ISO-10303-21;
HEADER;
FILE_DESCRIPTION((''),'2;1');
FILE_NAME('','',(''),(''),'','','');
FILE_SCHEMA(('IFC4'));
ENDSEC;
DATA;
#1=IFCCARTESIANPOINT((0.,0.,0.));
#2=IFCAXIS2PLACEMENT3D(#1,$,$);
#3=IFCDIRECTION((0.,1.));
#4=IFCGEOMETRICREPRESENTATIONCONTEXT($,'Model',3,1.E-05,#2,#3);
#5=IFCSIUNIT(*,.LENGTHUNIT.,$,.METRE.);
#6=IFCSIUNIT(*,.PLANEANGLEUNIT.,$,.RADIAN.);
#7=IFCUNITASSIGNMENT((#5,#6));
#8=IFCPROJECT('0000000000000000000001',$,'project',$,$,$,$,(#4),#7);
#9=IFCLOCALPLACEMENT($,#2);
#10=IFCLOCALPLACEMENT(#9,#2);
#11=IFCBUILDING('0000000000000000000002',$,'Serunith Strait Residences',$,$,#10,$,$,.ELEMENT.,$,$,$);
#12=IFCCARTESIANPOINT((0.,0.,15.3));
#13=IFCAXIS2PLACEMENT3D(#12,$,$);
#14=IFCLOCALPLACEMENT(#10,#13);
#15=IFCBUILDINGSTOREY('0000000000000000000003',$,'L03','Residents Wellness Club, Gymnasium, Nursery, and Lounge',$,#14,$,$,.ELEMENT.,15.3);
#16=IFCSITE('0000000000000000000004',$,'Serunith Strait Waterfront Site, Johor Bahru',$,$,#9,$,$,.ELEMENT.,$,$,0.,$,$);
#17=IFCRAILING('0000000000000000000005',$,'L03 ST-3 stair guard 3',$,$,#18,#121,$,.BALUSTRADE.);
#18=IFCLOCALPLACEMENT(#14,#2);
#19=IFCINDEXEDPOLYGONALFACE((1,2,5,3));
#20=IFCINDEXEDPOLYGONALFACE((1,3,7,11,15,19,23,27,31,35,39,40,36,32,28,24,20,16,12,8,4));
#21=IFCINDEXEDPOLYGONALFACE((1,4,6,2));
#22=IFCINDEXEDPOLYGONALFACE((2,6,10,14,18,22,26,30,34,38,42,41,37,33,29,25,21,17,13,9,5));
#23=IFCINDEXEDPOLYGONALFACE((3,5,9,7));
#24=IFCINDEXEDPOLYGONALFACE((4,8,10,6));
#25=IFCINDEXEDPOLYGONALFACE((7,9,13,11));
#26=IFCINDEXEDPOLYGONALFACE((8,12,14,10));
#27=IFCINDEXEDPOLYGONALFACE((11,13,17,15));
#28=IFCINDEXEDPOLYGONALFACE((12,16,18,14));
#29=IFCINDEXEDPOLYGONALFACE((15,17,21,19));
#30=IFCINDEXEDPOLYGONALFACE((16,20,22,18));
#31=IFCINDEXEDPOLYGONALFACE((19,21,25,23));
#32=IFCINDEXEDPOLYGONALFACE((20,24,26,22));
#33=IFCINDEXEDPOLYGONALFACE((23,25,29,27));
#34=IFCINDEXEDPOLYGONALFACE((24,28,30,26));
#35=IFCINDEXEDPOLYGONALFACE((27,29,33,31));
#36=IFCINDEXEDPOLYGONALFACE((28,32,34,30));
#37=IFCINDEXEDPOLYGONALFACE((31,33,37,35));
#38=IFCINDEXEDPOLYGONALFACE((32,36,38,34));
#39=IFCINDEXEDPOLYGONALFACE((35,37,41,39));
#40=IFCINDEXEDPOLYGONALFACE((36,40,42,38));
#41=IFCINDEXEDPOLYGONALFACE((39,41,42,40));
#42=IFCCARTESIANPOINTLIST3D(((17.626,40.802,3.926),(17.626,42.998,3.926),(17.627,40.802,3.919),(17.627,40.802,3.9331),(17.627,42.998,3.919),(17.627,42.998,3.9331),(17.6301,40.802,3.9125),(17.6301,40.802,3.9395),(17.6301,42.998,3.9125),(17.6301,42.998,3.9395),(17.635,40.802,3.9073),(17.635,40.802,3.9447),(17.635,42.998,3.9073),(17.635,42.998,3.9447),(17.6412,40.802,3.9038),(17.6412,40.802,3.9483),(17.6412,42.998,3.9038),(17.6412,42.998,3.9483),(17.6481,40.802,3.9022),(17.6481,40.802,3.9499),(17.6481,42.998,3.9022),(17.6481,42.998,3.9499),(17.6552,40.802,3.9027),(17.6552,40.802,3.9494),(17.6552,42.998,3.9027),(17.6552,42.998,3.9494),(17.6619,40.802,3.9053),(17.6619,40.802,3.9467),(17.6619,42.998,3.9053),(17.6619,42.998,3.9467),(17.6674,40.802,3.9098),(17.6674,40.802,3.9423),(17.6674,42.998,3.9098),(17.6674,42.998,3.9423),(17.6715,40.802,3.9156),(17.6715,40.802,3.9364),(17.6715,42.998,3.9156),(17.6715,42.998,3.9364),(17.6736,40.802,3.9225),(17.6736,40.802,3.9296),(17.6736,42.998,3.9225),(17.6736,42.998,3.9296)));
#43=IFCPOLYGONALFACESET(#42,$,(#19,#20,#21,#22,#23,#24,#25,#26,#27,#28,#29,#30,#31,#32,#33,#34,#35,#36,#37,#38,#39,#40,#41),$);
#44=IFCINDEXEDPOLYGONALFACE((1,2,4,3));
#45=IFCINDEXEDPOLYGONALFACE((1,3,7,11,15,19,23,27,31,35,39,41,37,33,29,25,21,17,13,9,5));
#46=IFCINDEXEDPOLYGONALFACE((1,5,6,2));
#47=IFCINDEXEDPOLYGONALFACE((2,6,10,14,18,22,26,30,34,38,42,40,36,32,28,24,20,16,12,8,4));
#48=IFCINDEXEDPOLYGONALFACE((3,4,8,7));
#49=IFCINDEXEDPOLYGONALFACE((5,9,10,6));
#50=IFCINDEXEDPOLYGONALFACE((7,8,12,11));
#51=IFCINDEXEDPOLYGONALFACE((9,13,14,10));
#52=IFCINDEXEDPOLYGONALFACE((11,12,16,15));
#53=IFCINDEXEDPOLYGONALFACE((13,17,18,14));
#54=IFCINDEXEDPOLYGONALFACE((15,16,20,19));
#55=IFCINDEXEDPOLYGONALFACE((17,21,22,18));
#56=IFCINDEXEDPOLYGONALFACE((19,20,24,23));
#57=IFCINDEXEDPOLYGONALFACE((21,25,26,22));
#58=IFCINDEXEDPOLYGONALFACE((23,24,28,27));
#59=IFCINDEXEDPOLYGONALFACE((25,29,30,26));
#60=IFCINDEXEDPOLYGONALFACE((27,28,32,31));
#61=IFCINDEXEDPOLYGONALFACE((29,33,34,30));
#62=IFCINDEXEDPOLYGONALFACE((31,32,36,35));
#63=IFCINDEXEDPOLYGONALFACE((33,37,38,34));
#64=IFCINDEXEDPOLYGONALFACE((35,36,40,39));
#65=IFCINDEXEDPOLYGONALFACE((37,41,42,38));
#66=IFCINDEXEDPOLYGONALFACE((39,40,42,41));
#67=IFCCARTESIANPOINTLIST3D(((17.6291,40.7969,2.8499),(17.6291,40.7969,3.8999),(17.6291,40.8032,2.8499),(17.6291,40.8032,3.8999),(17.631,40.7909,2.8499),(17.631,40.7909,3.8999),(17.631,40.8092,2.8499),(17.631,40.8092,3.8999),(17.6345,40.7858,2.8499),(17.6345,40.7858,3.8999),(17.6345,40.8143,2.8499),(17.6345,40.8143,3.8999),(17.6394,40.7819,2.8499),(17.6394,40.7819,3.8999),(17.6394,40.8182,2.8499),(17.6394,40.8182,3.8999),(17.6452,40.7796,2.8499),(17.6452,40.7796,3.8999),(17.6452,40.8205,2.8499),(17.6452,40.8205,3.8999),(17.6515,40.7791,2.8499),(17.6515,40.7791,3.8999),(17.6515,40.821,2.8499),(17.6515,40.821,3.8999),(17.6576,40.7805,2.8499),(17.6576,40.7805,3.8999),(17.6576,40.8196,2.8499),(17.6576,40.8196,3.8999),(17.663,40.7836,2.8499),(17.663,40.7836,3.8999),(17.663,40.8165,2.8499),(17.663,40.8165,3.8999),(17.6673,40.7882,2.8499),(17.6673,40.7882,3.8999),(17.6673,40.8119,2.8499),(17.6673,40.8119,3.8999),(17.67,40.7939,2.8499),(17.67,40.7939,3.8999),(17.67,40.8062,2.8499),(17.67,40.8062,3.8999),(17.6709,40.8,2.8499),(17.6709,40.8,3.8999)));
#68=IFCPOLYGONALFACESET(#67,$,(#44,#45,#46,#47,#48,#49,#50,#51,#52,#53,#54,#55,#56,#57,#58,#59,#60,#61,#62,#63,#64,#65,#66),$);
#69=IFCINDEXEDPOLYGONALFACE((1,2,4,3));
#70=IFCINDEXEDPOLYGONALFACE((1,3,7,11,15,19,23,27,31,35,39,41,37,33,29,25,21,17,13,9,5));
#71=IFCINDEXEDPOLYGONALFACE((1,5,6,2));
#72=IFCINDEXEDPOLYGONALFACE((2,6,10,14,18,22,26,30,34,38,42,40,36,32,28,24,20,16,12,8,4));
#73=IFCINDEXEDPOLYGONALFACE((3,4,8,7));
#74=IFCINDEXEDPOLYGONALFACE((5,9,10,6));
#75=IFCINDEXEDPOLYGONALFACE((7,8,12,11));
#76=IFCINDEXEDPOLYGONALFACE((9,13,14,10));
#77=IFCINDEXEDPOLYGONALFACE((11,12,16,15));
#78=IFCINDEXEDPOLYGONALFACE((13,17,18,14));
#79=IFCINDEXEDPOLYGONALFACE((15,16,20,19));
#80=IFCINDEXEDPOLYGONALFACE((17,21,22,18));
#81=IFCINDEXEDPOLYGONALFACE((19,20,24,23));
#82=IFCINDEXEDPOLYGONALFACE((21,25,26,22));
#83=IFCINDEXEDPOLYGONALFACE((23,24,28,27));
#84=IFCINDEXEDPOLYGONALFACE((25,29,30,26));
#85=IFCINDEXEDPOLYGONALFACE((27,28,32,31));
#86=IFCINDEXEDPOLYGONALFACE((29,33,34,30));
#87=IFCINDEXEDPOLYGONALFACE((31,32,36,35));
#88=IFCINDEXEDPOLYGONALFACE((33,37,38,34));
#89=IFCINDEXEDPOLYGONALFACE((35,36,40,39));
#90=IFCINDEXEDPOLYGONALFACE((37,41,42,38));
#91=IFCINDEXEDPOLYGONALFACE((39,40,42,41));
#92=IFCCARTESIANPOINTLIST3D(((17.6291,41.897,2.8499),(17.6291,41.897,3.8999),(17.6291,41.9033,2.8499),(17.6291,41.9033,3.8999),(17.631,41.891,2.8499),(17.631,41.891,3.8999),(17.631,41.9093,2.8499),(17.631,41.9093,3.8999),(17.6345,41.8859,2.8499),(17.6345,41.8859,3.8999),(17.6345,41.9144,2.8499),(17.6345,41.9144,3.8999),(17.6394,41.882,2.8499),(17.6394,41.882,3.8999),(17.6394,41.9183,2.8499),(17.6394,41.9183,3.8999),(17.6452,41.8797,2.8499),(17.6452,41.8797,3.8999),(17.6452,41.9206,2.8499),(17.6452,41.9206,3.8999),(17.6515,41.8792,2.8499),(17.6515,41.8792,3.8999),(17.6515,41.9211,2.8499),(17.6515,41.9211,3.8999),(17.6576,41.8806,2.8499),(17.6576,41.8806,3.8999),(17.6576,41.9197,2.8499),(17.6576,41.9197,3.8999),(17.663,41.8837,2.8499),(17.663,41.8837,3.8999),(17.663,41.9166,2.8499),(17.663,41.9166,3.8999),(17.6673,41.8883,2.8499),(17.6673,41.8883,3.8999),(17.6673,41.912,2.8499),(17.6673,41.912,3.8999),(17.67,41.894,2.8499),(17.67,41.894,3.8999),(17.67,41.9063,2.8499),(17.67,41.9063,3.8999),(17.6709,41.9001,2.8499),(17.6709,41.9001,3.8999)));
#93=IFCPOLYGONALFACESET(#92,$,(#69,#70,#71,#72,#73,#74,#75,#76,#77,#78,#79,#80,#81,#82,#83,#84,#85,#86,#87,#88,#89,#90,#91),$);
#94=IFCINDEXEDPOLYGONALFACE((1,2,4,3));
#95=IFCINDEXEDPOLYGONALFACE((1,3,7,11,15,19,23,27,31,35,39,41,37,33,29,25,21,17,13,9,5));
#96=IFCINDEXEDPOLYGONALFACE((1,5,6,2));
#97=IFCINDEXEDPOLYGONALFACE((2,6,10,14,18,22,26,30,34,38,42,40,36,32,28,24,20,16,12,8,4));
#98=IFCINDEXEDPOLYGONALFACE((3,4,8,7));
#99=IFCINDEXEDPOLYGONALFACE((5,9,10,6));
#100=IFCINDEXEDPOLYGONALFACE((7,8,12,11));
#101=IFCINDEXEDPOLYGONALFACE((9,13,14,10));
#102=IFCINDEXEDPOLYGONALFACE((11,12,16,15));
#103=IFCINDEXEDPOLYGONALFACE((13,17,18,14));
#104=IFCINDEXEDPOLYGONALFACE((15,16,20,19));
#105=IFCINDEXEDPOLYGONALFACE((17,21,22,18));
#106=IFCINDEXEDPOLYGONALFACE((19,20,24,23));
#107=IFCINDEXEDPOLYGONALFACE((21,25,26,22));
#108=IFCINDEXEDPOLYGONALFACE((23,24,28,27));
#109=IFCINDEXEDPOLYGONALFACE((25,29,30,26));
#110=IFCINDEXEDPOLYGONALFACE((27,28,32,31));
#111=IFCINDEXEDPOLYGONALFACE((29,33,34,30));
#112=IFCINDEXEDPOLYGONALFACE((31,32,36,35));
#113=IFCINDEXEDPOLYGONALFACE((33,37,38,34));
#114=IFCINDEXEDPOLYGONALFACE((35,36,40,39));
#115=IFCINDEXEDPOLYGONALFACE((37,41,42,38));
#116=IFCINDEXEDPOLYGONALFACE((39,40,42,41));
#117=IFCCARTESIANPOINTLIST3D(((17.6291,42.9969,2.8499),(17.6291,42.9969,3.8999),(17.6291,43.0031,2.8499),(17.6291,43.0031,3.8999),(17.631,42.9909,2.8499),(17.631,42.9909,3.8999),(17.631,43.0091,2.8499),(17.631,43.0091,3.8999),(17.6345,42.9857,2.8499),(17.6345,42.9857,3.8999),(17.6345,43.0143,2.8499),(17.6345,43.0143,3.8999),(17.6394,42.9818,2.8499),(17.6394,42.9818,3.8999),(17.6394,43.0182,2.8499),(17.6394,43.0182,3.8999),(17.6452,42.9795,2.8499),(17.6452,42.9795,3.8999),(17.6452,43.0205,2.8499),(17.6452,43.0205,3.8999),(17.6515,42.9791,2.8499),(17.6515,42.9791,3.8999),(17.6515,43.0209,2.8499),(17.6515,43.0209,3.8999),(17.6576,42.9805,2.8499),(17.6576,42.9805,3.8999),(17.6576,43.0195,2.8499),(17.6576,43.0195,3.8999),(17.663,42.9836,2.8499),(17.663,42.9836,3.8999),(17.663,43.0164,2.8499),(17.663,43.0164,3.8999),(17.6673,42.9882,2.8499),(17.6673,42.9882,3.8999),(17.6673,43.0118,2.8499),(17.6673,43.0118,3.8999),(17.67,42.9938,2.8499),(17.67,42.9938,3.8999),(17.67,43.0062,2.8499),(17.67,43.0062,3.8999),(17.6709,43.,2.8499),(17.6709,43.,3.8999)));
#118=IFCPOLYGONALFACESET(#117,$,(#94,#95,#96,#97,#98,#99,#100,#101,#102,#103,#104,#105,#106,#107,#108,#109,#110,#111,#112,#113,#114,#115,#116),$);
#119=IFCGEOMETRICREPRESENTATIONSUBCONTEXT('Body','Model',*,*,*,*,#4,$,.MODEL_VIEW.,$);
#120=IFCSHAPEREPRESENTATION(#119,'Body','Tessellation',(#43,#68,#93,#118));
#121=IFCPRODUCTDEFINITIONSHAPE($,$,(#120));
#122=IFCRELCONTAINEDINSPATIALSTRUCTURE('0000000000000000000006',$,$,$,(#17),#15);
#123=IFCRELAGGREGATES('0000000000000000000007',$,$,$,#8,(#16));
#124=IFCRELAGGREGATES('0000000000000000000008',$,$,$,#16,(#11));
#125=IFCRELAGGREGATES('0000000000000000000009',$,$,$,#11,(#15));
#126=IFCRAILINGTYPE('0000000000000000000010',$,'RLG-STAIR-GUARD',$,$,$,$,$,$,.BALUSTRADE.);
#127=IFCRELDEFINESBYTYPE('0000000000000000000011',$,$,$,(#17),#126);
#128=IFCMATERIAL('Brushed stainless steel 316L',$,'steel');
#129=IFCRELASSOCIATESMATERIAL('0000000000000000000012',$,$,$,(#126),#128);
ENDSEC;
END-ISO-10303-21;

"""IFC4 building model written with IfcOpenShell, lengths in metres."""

from ifc_helpers import new_model, si_unit, direction, frame, origin, origin_2d, place, context, subcontext, project, spatial, circle, extrude, material, type_object, element, save


model = new_model("IFC4")

# Units and contexts
model_context = context("Model", 3, precision=1e-05, world=origin(), true_north=direction((0.0, 1.0)))
body_context = subcontext(model_context, "Body", "Model", "MODEL_VIEW")
ifc_project = project(units=[si_unit("LENGTHUNIT", "METRE"), si_unit("PLANEANGLEUNIT", "RADIAN")], contexts=[model_context])

# Site, building, storey
site_placement = place(None, origin())
site = spatial("IfcSite", under=ifc_project, at=site_placement, Name="Serunith Strait Waterfront Site, Johor Bahru", CompositionType="ELEMENT", RefElevation=0.0)
building_placement = place(site_placement, origin())
building = spatial("IfcBuilding", under=site, at=building_placement, Name="Serunith Strait Residences", CompositionType="ELEMENT")
storey_placement = place(building_placement, frame((0.0, 0.0, 15.3)))
storey = spatial("IfcBuildingStorey", under=building, at=storey_placement, Name="L03", Description="Residents Wellness Club, Gymnasium, Nursery, and Lounge", CompositionType="ELEMENT", Elevation=15.3)

# Railing
ifc_material_1 = material(Name="Brushed stainless steel 316L", Category="steel")
railing_type_1 = type_object("IfcRailingType", Name="RLG-STAIR-GUARD", PredefinedType="BALUSTRADE", material=ifc_material_1)
railing_1_placement = place(storey_placement, frame((17.6499, 40.8, 2.8499)))
element("IfcRailing", 1, at=railing_1_placement, inside=storey, type_object=railing_type_1, Name="L03 ST-3 stair guard 3", PredefinedType="BALUSTRADE", context=body_context, shape_type="SweptSolid", body=[
    extrude(circle(Radius=0.0239, at=origin_2d()), frame((0.0, 0.002, 1.0762), z_axis=(0.0, 1.0, 0.0), x_axis=(-1.0, 0.0, 0.0)), (0.0, 0.0, 1.0), 2.196),
    extrude(circle(Radius=0.021, at=origin_2d()), origin(), (0.0, 0.0, 1.0), 1.05),
    extrude(circle(Radius=0.021, at=origin_2d()), frame((0.0, 1.1001, 0.0)), (0.0, 0.0, 1.0), 1.05),
    extrude(circle(Radius=0.021, at=origin_2d()), frame((0.0, 2.2, 0.0)), (0.0, 0.0, 1.0), 1.05),
])

save(model, "model.ifc")
